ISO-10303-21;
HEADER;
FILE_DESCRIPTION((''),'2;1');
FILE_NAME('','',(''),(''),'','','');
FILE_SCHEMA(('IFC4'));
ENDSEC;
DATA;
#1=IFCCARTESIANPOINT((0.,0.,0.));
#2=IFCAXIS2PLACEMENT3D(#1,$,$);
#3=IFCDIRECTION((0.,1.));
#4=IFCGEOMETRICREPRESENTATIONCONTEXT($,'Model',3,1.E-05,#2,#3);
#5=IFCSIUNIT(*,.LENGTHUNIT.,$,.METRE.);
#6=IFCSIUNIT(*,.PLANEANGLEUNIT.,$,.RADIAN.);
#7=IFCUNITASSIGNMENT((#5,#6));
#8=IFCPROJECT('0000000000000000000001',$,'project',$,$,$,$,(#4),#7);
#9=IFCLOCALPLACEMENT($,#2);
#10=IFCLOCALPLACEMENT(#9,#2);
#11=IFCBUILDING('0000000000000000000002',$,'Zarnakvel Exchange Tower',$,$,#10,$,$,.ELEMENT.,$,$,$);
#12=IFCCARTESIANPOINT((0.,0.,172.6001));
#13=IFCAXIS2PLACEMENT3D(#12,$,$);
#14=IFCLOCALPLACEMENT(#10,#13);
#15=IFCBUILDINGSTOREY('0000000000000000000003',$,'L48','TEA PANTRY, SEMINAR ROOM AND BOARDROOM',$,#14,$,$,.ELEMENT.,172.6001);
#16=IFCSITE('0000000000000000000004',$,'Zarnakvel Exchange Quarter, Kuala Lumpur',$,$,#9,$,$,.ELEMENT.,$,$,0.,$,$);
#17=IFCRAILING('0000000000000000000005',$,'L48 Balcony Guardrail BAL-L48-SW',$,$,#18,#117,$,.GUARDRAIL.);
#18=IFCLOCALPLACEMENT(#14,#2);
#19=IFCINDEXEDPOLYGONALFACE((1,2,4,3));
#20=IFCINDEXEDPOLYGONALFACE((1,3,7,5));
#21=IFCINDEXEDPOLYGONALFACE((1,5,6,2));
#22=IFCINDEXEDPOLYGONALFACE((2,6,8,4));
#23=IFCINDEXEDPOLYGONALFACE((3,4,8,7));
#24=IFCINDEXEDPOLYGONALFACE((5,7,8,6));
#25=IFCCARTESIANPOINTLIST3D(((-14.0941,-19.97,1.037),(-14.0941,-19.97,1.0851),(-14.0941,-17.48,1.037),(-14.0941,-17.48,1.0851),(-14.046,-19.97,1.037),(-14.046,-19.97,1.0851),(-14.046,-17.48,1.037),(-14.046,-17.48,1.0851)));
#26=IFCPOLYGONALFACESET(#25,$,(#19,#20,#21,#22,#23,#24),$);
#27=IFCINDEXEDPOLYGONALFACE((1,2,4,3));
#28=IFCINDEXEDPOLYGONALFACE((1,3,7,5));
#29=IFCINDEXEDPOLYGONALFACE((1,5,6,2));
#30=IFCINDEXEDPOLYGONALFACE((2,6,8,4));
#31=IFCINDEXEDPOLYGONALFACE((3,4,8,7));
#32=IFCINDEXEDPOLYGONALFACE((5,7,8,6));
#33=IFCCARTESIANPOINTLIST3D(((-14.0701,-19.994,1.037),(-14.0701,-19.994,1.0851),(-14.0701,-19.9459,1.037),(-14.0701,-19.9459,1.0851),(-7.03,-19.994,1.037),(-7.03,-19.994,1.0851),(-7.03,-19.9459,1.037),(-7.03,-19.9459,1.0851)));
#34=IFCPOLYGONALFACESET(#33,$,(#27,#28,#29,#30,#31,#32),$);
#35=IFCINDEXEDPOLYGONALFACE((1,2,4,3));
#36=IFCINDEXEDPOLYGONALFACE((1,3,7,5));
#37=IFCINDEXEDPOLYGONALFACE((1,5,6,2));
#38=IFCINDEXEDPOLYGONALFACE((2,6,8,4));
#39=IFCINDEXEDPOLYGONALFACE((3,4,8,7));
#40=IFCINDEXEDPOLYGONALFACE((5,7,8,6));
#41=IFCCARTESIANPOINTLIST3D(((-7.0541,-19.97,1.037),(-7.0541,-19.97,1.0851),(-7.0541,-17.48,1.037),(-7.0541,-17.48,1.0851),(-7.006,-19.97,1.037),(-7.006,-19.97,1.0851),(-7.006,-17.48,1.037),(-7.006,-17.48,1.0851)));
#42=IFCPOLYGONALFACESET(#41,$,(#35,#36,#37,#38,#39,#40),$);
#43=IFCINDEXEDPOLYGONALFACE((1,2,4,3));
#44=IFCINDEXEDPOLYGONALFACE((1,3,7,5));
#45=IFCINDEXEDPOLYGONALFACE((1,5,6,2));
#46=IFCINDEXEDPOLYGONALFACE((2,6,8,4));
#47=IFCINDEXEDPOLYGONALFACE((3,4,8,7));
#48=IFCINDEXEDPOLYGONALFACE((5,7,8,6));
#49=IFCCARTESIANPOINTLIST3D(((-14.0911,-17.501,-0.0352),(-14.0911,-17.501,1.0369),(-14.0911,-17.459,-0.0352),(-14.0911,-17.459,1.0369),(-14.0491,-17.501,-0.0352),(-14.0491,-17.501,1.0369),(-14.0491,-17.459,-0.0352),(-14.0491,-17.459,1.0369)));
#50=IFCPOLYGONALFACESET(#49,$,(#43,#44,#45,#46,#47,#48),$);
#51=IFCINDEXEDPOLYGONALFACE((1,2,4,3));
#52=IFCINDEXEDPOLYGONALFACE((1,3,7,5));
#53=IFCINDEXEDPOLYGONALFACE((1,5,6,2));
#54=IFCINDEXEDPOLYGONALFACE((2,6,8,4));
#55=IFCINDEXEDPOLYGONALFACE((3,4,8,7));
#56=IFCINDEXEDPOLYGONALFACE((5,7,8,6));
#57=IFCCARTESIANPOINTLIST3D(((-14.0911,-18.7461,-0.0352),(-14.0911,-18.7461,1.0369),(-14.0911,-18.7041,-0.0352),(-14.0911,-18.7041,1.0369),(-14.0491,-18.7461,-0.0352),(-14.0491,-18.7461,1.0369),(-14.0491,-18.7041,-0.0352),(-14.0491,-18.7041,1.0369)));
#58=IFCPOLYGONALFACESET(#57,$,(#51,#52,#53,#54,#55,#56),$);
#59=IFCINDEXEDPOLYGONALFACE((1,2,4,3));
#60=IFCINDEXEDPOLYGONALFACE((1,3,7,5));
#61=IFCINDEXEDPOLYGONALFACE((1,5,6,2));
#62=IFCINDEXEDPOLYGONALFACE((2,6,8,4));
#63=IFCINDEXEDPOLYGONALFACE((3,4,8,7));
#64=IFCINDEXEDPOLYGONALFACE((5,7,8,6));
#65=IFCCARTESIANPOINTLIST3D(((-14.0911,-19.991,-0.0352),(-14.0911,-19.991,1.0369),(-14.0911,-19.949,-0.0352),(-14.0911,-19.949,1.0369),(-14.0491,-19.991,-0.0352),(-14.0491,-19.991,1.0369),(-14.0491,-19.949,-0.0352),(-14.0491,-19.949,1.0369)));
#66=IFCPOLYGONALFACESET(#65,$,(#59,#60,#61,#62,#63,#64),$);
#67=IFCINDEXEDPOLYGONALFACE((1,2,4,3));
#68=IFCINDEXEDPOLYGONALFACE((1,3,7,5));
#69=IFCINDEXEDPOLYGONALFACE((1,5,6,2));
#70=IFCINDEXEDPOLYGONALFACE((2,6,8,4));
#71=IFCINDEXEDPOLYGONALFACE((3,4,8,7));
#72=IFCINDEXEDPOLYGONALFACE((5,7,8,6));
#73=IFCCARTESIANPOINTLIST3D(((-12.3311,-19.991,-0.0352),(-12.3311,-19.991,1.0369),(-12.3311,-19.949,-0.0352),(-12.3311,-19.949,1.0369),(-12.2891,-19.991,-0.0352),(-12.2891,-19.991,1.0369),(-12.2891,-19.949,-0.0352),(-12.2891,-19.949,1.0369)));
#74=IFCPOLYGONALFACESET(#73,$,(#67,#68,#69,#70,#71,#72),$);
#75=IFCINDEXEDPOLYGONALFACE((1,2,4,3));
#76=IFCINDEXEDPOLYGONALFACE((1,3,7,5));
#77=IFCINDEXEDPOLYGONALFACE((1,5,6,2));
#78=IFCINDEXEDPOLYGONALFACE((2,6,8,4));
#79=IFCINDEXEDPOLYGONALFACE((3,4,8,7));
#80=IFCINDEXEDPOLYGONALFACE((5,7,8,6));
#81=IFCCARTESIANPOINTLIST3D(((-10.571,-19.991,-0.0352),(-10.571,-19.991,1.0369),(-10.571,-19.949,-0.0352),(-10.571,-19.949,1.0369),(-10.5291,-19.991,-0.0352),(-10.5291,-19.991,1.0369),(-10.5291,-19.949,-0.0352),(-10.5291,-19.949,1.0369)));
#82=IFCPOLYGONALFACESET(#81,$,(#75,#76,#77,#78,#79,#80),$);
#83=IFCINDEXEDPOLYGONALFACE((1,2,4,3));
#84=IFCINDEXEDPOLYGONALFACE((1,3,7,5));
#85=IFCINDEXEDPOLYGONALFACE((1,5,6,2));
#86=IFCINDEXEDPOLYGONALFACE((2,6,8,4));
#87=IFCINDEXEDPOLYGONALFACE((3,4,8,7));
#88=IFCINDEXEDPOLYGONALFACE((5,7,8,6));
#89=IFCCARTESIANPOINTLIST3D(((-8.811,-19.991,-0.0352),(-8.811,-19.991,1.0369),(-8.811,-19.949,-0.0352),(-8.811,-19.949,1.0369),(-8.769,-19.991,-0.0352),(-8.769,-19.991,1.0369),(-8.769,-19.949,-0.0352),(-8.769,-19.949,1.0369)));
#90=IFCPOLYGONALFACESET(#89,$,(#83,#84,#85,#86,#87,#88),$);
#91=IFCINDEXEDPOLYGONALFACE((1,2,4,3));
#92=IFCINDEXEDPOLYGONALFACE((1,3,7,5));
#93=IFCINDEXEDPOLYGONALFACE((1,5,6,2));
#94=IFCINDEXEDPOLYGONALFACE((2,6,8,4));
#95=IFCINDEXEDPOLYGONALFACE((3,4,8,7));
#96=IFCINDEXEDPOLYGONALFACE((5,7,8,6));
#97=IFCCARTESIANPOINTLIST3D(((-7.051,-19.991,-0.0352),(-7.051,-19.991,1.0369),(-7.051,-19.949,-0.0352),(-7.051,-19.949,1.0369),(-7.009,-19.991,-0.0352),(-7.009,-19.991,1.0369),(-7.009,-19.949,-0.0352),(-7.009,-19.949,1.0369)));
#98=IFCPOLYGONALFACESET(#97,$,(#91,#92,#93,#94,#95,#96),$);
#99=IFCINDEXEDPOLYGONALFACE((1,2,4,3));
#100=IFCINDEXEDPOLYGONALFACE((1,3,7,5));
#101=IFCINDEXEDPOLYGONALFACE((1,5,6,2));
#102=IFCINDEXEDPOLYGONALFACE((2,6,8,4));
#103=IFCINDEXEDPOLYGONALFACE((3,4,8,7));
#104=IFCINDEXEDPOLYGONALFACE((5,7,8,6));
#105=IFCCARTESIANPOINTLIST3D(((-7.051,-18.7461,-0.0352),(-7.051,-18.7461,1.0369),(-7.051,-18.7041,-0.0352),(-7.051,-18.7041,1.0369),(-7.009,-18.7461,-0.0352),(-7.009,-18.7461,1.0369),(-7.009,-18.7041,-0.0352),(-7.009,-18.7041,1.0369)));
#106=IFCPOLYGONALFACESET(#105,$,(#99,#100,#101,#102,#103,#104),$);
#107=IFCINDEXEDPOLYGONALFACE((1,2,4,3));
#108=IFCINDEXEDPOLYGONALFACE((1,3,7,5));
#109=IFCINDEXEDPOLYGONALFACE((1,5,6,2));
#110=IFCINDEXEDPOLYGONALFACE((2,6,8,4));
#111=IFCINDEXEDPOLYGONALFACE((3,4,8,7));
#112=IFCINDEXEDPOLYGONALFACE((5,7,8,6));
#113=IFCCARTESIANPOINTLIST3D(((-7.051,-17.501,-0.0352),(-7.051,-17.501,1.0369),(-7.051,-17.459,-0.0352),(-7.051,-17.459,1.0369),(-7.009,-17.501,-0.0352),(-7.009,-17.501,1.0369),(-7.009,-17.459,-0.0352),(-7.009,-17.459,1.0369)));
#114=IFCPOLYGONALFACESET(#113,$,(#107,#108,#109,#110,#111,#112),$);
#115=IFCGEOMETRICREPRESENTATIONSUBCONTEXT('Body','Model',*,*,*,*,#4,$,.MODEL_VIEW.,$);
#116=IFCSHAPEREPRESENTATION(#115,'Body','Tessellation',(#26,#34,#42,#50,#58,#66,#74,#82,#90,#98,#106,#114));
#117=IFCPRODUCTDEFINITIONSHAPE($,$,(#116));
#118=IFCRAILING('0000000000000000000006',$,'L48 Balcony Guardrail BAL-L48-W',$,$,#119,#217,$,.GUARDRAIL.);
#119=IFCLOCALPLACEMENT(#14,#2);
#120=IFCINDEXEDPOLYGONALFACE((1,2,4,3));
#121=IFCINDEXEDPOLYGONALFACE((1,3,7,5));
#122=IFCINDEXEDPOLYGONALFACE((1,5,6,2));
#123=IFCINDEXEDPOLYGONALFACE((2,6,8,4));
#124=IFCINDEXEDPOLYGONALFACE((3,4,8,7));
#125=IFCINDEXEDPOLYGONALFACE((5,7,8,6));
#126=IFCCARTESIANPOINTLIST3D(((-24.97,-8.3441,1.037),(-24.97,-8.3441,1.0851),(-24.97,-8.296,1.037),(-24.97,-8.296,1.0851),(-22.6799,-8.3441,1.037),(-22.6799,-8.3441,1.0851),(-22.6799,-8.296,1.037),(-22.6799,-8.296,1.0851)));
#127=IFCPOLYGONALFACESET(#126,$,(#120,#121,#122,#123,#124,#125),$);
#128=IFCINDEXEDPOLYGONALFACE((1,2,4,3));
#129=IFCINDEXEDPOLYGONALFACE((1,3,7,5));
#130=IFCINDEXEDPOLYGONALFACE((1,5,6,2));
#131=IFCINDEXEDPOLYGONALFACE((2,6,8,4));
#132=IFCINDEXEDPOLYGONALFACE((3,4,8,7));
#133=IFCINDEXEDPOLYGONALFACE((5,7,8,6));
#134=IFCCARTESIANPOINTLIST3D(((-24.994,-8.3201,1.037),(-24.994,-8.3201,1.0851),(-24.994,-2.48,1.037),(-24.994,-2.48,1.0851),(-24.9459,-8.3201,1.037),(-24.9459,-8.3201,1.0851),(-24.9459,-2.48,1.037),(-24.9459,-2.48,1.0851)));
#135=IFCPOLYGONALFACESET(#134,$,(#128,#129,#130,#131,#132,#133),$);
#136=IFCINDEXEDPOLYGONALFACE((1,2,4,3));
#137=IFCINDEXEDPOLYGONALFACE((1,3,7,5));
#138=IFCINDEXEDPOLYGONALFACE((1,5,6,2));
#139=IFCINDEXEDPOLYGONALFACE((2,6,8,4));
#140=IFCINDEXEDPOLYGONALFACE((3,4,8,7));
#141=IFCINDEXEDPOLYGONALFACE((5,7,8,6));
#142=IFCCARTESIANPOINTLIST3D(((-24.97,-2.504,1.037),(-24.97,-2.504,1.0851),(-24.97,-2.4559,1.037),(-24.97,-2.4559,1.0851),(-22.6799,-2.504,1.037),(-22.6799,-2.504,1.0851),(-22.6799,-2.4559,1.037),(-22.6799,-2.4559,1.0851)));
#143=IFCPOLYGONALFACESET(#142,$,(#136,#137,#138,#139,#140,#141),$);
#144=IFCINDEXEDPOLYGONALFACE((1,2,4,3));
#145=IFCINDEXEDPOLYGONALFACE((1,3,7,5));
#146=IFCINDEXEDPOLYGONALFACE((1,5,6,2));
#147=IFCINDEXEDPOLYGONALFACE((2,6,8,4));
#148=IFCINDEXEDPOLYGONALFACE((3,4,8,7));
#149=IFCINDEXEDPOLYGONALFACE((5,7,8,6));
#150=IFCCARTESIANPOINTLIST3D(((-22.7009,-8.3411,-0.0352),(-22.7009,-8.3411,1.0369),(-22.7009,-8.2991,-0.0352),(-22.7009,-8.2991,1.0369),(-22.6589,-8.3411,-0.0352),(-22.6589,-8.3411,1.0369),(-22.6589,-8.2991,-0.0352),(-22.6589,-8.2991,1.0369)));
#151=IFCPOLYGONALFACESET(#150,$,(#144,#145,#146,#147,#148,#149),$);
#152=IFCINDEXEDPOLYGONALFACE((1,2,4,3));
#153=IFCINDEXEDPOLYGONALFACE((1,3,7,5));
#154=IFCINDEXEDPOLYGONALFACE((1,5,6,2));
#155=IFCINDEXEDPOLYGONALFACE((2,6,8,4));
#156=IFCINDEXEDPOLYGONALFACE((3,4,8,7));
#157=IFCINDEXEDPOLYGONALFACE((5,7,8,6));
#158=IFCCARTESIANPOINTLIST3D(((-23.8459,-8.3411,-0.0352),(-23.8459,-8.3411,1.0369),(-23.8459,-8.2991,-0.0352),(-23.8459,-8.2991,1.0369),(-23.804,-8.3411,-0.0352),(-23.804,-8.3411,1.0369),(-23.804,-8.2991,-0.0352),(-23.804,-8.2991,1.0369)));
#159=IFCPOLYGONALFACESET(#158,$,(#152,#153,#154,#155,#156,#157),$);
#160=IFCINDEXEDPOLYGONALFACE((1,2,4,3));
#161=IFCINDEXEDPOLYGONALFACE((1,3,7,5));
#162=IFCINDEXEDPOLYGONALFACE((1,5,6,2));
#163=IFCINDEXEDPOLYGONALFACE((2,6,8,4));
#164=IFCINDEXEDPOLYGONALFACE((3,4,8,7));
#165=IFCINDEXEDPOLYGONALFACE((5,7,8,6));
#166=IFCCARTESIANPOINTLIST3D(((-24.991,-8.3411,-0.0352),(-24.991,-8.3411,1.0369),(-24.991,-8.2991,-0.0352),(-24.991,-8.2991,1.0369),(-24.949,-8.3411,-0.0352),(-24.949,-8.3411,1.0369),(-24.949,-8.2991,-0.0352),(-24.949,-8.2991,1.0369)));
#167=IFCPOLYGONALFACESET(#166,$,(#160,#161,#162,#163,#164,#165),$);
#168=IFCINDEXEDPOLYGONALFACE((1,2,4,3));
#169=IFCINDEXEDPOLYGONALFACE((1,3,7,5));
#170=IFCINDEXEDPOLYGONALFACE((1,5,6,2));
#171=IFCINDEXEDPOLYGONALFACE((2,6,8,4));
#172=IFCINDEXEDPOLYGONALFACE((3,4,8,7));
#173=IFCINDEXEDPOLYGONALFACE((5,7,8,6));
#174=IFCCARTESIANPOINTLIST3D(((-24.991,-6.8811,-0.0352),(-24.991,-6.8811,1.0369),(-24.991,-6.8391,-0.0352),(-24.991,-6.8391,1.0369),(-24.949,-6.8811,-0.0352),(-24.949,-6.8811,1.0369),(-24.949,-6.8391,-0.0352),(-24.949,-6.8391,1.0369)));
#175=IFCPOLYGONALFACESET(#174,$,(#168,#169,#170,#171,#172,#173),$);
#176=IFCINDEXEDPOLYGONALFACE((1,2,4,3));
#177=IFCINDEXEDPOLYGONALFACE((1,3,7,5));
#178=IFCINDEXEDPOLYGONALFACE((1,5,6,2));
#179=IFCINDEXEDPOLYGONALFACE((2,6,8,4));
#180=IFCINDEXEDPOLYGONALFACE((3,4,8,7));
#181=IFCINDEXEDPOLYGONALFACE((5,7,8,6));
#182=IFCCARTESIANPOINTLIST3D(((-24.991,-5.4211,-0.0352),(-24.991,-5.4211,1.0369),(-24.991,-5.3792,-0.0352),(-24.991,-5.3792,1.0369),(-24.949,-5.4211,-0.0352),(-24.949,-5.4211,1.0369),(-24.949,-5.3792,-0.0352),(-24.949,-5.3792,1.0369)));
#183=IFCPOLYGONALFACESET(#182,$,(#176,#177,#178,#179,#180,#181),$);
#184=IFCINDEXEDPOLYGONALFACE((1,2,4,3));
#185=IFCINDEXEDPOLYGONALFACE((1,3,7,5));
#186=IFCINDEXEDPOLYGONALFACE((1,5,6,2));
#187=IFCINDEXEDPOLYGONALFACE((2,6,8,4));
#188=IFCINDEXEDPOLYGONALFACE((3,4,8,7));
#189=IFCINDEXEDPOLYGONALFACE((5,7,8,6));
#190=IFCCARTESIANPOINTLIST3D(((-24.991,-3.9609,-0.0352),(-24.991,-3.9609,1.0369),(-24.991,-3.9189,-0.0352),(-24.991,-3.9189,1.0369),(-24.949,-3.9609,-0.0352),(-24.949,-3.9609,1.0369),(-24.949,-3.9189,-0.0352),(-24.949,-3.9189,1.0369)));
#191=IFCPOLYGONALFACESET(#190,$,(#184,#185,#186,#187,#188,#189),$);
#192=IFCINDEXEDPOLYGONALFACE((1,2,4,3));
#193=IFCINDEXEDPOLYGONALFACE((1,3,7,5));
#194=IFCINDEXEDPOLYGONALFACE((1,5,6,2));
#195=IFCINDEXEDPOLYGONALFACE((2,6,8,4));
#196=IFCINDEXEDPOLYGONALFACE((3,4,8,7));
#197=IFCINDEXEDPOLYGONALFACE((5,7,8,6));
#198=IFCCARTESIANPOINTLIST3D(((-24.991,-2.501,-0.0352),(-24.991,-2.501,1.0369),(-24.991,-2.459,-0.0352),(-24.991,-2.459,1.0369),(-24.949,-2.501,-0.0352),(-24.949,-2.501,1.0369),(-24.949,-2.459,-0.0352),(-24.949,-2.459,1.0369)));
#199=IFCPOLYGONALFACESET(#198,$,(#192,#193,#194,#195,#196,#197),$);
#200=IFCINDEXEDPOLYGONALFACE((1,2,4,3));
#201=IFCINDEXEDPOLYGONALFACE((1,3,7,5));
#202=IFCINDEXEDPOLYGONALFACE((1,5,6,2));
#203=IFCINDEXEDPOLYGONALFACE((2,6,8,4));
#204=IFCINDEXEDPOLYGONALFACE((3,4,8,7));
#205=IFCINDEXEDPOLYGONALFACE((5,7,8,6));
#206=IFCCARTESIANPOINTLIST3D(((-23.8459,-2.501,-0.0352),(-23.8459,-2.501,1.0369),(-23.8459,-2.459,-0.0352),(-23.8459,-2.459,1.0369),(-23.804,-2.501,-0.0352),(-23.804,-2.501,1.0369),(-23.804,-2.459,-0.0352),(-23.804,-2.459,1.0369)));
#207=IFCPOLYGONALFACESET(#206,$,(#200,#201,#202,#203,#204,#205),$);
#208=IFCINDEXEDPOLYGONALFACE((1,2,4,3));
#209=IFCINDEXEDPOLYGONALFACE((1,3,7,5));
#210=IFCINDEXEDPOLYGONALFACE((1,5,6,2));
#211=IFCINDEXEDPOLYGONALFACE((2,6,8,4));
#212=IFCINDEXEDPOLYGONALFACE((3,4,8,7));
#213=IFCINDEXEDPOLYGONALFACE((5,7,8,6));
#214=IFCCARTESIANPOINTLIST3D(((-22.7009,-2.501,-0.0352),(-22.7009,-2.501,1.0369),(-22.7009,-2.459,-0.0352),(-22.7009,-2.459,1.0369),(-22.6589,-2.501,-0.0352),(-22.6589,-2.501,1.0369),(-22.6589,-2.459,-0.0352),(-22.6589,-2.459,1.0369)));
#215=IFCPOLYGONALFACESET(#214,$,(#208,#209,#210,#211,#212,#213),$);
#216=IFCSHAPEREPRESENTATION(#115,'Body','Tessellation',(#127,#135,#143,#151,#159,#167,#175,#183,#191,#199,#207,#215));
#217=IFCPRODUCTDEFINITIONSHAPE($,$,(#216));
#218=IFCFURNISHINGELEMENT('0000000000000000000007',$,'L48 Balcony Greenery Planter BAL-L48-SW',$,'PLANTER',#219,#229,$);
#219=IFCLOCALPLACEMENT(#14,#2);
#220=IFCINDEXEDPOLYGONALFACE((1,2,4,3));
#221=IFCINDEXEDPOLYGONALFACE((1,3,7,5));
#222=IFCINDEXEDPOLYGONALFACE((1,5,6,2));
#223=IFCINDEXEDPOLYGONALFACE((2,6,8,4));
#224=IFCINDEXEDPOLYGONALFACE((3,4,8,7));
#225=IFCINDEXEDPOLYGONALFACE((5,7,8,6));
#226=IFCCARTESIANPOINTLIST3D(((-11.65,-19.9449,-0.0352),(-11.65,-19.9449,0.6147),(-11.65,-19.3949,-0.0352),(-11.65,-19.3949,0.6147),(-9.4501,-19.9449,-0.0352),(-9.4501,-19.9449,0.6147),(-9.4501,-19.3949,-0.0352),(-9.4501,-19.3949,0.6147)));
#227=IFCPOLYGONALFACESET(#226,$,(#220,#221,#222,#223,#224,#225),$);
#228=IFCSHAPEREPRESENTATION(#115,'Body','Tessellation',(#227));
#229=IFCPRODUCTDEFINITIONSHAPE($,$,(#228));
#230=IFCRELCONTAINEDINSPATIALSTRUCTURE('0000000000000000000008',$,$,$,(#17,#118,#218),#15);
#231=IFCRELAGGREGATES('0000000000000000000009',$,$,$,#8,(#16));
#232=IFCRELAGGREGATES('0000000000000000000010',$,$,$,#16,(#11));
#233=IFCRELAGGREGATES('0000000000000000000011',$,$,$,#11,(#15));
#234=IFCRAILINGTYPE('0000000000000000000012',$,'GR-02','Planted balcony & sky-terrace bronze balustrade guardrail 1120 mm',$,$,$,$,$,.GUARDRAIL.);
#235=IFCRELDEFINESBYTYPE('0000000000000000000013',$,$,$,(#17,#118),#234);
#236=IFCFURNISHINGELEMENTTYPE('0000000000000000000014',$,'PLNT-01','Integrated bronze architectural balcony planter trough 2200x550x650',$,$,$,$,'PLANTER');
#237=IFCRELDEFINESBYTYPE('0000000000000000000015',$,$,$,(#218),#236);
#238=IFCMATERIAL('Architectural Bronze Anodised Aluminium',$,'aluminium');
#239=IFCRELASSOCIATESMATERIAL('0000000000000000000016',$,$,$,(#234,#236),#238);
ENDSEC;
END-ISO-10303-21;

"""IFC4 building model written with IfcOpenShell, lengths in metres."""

from ifc_helpers import new_model, si_unit, direction, frame, origin, origin_2d, place, context, subcontext, project, spatial, rectangle, extrude, source, transform, mapped, material, type_object, element, save


model = new_model("IFC4")

# Units and contexts
model_context = context("Model", 3, precision=1e-05, world=origin(), true_north=direction((0.0, 1.0)))
body_context = subcontext(model_context, "Body", "Model", "MODEL_VIEW")
ifc_project = project(units=[si_unit("LENGTHUNIT", "METRE"), si_unit("PLANEANGLEUNIT", "RADIAN")], contexts=[model_context])

# Site, building, storey
site_placement = place(None, origin())
site = spatial("IfcSite", under=ifc_project, at=site_placement, Name="Zarnakvel Exchange Quarter, Kuala Lumpur", CompositionType="ELEMENT", RefElevation=0.0)
building_placement = place(site_placement, origin())
building = spatial("IfcBuilding", under=site, at=building_placement, Name="Zarnakvel Exchange Tower", CompositionType="ELEMENT")
storey_placement = place(building_placement, frame((0.0, 0.0, 172.6001)))
storey = spatial("IfcBuildingStorey", under=building, at=storey_placement, Name="L48", Description="TEA PANTRY, SEMINAR ROOM AND BOARDROOM", CompositionType="ELEMENT", Elevation=172.6001)

# Shared definitions
ifc_material_1 = material(Name="Architectural Bronze Anodised Aluminium", Category="aluminium")

# Railings
railing_type = type_object("IfcRailingType", Name="GR-02", Description="Planted balcony & sky-terrace bronze balustrade guardrail 1120 mm", PredefinedType="GUARDRAIL", material=ifc_material_1)
railing_1_placement = place(storey_placement, frame((-14.0701, -17.48, -0.0352)))
element("IfcRailing", 1, at=railing_1_placement, inside=storey, type_object=railing_type, Name="L48 Balcony Guardrail BAL-L48-SW", PredefinedType="GUARDRAIL", context=body_context, shape_type="SweptSolid", body=[
    extrude(rectangle(XDim=0.0481, YDim=0.0481, at=origin_2d()), frame((0.0, 0.0, 1.0962), z_axis=(0.0, -1.0, 0.0), x_axis=(1.0, 0.0, 0.0)), (0.0, 0.0, 1.0), 2.49),
    extrude(rectangle(XDim=0.0481, YDim=0.0481, at=origin_2d()), frame((0.0, -2.49, 1.0962), z_axis=(1.0, 0.0, 0.0), x_axis=(0.0, 1.0, 0.0)), (0.0, 0.0, 1.0), 7.04),
    extrude(rectangle(XDim=0.0481, YDim=0.0481, at=origin_2d()), frame((7.04, -2.49, 1.0962), z_axis=(0.0, 1.0, 0.0), x_axis=(-1.0, 0.0, 0.0)), (0.0, 0.0, 1.0), 2.49),
    extrude(rectangle(XDim=0.042, YDim=0.042, at=origin_2d()), origin(), (0.0, 0.0, 1.0), 1.072),
    extrude(rectangle(XDim=0.042, YDim=0.042, at=origin_2d()), frame((0.0, -1.2451, 0.0)), (0.0, 0.0, 1.0), 1.072),
    extrude(rectangle(XDim=0.042, YDim=0.042, at=origin_2d()), frame((0.0, -2.49, 0.0)), (0.0, 0.0, 1.0), 1.072),
    extrude(rectangle(XDim=0.042, YDim=0.042, at=origin_2d()), frame((1.76, -2.49, 0.0)), (0.0, 0.0, 1.0), 1.072),
    extrude(rectangle(XDim=0.042, YDim=0.042, at=origin_2d()), frame((3.52, -2.49, 0.0)), (0.0, 0.0, 1.0), 1.072),
    extrude(rectangle(XDim=0.042, YDim=0.042, at=origin_2d()), frame((5.28, -2.49, 0.0)), (0.0, 0.0, 1.0), 1.072),
    extrude(rectangle(XDim=0.042, YDim=0.042, at=origin_2d()), frame((7.04, -2.49, 0.0)), (0.0, 0.0, 1.0), 1.072),
    extrude(rectangle(XDim=0.042, YDim=0.042, at=origin_2d()), frame((7.04, -1.2451, 0.0)), (0.0, 0.0, 1.0), 1.072),
    extrude(rectangle(XDim=0.042, YDim=0.042, at=origin_2d()), frame((7.04, 0.0, 0.0)), (0.0, 0.0, 1.0), 1.072),
])
railing_2_placement = place(storey_placement, frame((-22.6799, -8.3201, -0.0352)))
element("IfcRailing", 2, at=railing_2_placement, inside=storey, type_object=railing_type, Name="L48 Balcony Guardrail BAL-L48-W", PredefinedType="GUARDRAIL", context=body_context, shape_type="SweptSolid", body=[
    extrude(rectangle(XDim=0.0481, YDim=0.0481, at=origin_2d()), frame((0.0, 0.0, 1.0962), z_axis=(-1.0, 0.0, 0.0), x_axis=(0.0, -1.0, 0.0)), (0.0, 0.0, 1.0), 2.29),
    extrude(rectangle(XDim=0.0481, YDim=0.0481, at=origin_2d()), frame((-2.29, 0.0, 1.0962), z_axis=(0.0, 1.0, 0.0), x_axis=(-1.0, 0.0, 0.0)), (0.0, 0.0, 1.0), 5.8401),
    extrude(rectangle(XDim=0.0481, YDim=0.0481, at=origin_2d()), frame((-2.29, 5.8401, 1.0962), z_axis=(1.0, 0.0, 0.0), x_axis=(0.0, 1.0, 0.0)), (0.0, 0.0, 1.0), 2.29),
    extrude(rectangle(XDim=0.042, YDim=0.042, at=origin_2d()), origin(), (0.0, 0.0, 1.0), 1.072),
    extrude(rectangle(XDim=0.042, YDim=0.042, at=origin_2d()), frame((-1.145, 0.0, 0.0)), (0.0, 0.0, 1.0), 1.072),
    extrude(rectangle(XDim=0.042, YDim=0.042, at=origin_2d()), frame((-2.29, 0.0, 0.0)), (0.0, 0.0, 1.0), 1.072),
    extrude(rectangle(XDim=0.042, YDim=0.042, at=origin_2d()), frame((-2.29, 1.46, 0.0)), (0.0, 0.0, 1.0), 1.072),
    extrude(rectangle(XDim=0.042, YDim=0.042, at=origin_2d()), frame((-2.29, 2.9199, 0.0)), (0.0, 0.0, 1.0), 1.072),
    extrude(rectangle(XDim=0.042, YDim=0.042, at=origin_2d()), frame((-2.29, 4.3801, 0.0)), (0.0, 0.0, 1.0), 1.072),
    extrude(rectangle(XDim=0.042, YDim=0.042, at=origin_2d()), frame((-2.29, 5.8401, 0.0)), (0.0, 0.0, 1.0), 1.072),
    extrude(rectangle(XDim=0.042, YDim=0.042, at=origin_2d()), frame((-1.145, 5.8401, 0.0)), (0.0, 0.0, 1.0), 1.072),
    extrude(rectangle(XDim=0.042, YDim=0.042, at=origin_2d()), frame((0.0, 5.8401, 0.0)), (0.0, 0.0, 1.0), 1.072),
])

# Furnishing element
furnishing_element_type = type_object("IfcFurnishingElementType", Name="PLNT-01", Description="Integrated bronze architectural balcony planter trough 2200x550x650", ElementType="PLANTER", material=ifc_material_1)
shared_shape_1 = source(origin(), body_context, "Body", "SweptSolid", [
    extrude(rectangle(XDim=2.2, YDim=0.55, at=origin_2d()), origin(), (0.0, 0.0, 1.0), 0.6499),
])
furnishing_placement = place(storey_placement, frame((-10.55, -19.6699, -0.0352), z_axis=(0.0, 0.0, 1.0), x_axis=(1.0, 0.0, 0.0)))
element("IfcFurnishingElement", 3, at=furnishing_placement, inside=storey, type_object=furnishing_element_type, Name="L48 Balcony Greenery Planter BAL-L48-SW", ObjectType="PLANTER", context=body_context, shape_type="MappedRepresentation", body=[
    mapped(shared_shape_1, transform((0.0, 0.0, 0.0), x_axis=(1.0, 0.0, 0.0), y_axis=(0.0, 1.0, 0.0), z_axis=(0.0, 0.0, 1.0), scale=1.0)),
])

save(model, "model.ifc")
